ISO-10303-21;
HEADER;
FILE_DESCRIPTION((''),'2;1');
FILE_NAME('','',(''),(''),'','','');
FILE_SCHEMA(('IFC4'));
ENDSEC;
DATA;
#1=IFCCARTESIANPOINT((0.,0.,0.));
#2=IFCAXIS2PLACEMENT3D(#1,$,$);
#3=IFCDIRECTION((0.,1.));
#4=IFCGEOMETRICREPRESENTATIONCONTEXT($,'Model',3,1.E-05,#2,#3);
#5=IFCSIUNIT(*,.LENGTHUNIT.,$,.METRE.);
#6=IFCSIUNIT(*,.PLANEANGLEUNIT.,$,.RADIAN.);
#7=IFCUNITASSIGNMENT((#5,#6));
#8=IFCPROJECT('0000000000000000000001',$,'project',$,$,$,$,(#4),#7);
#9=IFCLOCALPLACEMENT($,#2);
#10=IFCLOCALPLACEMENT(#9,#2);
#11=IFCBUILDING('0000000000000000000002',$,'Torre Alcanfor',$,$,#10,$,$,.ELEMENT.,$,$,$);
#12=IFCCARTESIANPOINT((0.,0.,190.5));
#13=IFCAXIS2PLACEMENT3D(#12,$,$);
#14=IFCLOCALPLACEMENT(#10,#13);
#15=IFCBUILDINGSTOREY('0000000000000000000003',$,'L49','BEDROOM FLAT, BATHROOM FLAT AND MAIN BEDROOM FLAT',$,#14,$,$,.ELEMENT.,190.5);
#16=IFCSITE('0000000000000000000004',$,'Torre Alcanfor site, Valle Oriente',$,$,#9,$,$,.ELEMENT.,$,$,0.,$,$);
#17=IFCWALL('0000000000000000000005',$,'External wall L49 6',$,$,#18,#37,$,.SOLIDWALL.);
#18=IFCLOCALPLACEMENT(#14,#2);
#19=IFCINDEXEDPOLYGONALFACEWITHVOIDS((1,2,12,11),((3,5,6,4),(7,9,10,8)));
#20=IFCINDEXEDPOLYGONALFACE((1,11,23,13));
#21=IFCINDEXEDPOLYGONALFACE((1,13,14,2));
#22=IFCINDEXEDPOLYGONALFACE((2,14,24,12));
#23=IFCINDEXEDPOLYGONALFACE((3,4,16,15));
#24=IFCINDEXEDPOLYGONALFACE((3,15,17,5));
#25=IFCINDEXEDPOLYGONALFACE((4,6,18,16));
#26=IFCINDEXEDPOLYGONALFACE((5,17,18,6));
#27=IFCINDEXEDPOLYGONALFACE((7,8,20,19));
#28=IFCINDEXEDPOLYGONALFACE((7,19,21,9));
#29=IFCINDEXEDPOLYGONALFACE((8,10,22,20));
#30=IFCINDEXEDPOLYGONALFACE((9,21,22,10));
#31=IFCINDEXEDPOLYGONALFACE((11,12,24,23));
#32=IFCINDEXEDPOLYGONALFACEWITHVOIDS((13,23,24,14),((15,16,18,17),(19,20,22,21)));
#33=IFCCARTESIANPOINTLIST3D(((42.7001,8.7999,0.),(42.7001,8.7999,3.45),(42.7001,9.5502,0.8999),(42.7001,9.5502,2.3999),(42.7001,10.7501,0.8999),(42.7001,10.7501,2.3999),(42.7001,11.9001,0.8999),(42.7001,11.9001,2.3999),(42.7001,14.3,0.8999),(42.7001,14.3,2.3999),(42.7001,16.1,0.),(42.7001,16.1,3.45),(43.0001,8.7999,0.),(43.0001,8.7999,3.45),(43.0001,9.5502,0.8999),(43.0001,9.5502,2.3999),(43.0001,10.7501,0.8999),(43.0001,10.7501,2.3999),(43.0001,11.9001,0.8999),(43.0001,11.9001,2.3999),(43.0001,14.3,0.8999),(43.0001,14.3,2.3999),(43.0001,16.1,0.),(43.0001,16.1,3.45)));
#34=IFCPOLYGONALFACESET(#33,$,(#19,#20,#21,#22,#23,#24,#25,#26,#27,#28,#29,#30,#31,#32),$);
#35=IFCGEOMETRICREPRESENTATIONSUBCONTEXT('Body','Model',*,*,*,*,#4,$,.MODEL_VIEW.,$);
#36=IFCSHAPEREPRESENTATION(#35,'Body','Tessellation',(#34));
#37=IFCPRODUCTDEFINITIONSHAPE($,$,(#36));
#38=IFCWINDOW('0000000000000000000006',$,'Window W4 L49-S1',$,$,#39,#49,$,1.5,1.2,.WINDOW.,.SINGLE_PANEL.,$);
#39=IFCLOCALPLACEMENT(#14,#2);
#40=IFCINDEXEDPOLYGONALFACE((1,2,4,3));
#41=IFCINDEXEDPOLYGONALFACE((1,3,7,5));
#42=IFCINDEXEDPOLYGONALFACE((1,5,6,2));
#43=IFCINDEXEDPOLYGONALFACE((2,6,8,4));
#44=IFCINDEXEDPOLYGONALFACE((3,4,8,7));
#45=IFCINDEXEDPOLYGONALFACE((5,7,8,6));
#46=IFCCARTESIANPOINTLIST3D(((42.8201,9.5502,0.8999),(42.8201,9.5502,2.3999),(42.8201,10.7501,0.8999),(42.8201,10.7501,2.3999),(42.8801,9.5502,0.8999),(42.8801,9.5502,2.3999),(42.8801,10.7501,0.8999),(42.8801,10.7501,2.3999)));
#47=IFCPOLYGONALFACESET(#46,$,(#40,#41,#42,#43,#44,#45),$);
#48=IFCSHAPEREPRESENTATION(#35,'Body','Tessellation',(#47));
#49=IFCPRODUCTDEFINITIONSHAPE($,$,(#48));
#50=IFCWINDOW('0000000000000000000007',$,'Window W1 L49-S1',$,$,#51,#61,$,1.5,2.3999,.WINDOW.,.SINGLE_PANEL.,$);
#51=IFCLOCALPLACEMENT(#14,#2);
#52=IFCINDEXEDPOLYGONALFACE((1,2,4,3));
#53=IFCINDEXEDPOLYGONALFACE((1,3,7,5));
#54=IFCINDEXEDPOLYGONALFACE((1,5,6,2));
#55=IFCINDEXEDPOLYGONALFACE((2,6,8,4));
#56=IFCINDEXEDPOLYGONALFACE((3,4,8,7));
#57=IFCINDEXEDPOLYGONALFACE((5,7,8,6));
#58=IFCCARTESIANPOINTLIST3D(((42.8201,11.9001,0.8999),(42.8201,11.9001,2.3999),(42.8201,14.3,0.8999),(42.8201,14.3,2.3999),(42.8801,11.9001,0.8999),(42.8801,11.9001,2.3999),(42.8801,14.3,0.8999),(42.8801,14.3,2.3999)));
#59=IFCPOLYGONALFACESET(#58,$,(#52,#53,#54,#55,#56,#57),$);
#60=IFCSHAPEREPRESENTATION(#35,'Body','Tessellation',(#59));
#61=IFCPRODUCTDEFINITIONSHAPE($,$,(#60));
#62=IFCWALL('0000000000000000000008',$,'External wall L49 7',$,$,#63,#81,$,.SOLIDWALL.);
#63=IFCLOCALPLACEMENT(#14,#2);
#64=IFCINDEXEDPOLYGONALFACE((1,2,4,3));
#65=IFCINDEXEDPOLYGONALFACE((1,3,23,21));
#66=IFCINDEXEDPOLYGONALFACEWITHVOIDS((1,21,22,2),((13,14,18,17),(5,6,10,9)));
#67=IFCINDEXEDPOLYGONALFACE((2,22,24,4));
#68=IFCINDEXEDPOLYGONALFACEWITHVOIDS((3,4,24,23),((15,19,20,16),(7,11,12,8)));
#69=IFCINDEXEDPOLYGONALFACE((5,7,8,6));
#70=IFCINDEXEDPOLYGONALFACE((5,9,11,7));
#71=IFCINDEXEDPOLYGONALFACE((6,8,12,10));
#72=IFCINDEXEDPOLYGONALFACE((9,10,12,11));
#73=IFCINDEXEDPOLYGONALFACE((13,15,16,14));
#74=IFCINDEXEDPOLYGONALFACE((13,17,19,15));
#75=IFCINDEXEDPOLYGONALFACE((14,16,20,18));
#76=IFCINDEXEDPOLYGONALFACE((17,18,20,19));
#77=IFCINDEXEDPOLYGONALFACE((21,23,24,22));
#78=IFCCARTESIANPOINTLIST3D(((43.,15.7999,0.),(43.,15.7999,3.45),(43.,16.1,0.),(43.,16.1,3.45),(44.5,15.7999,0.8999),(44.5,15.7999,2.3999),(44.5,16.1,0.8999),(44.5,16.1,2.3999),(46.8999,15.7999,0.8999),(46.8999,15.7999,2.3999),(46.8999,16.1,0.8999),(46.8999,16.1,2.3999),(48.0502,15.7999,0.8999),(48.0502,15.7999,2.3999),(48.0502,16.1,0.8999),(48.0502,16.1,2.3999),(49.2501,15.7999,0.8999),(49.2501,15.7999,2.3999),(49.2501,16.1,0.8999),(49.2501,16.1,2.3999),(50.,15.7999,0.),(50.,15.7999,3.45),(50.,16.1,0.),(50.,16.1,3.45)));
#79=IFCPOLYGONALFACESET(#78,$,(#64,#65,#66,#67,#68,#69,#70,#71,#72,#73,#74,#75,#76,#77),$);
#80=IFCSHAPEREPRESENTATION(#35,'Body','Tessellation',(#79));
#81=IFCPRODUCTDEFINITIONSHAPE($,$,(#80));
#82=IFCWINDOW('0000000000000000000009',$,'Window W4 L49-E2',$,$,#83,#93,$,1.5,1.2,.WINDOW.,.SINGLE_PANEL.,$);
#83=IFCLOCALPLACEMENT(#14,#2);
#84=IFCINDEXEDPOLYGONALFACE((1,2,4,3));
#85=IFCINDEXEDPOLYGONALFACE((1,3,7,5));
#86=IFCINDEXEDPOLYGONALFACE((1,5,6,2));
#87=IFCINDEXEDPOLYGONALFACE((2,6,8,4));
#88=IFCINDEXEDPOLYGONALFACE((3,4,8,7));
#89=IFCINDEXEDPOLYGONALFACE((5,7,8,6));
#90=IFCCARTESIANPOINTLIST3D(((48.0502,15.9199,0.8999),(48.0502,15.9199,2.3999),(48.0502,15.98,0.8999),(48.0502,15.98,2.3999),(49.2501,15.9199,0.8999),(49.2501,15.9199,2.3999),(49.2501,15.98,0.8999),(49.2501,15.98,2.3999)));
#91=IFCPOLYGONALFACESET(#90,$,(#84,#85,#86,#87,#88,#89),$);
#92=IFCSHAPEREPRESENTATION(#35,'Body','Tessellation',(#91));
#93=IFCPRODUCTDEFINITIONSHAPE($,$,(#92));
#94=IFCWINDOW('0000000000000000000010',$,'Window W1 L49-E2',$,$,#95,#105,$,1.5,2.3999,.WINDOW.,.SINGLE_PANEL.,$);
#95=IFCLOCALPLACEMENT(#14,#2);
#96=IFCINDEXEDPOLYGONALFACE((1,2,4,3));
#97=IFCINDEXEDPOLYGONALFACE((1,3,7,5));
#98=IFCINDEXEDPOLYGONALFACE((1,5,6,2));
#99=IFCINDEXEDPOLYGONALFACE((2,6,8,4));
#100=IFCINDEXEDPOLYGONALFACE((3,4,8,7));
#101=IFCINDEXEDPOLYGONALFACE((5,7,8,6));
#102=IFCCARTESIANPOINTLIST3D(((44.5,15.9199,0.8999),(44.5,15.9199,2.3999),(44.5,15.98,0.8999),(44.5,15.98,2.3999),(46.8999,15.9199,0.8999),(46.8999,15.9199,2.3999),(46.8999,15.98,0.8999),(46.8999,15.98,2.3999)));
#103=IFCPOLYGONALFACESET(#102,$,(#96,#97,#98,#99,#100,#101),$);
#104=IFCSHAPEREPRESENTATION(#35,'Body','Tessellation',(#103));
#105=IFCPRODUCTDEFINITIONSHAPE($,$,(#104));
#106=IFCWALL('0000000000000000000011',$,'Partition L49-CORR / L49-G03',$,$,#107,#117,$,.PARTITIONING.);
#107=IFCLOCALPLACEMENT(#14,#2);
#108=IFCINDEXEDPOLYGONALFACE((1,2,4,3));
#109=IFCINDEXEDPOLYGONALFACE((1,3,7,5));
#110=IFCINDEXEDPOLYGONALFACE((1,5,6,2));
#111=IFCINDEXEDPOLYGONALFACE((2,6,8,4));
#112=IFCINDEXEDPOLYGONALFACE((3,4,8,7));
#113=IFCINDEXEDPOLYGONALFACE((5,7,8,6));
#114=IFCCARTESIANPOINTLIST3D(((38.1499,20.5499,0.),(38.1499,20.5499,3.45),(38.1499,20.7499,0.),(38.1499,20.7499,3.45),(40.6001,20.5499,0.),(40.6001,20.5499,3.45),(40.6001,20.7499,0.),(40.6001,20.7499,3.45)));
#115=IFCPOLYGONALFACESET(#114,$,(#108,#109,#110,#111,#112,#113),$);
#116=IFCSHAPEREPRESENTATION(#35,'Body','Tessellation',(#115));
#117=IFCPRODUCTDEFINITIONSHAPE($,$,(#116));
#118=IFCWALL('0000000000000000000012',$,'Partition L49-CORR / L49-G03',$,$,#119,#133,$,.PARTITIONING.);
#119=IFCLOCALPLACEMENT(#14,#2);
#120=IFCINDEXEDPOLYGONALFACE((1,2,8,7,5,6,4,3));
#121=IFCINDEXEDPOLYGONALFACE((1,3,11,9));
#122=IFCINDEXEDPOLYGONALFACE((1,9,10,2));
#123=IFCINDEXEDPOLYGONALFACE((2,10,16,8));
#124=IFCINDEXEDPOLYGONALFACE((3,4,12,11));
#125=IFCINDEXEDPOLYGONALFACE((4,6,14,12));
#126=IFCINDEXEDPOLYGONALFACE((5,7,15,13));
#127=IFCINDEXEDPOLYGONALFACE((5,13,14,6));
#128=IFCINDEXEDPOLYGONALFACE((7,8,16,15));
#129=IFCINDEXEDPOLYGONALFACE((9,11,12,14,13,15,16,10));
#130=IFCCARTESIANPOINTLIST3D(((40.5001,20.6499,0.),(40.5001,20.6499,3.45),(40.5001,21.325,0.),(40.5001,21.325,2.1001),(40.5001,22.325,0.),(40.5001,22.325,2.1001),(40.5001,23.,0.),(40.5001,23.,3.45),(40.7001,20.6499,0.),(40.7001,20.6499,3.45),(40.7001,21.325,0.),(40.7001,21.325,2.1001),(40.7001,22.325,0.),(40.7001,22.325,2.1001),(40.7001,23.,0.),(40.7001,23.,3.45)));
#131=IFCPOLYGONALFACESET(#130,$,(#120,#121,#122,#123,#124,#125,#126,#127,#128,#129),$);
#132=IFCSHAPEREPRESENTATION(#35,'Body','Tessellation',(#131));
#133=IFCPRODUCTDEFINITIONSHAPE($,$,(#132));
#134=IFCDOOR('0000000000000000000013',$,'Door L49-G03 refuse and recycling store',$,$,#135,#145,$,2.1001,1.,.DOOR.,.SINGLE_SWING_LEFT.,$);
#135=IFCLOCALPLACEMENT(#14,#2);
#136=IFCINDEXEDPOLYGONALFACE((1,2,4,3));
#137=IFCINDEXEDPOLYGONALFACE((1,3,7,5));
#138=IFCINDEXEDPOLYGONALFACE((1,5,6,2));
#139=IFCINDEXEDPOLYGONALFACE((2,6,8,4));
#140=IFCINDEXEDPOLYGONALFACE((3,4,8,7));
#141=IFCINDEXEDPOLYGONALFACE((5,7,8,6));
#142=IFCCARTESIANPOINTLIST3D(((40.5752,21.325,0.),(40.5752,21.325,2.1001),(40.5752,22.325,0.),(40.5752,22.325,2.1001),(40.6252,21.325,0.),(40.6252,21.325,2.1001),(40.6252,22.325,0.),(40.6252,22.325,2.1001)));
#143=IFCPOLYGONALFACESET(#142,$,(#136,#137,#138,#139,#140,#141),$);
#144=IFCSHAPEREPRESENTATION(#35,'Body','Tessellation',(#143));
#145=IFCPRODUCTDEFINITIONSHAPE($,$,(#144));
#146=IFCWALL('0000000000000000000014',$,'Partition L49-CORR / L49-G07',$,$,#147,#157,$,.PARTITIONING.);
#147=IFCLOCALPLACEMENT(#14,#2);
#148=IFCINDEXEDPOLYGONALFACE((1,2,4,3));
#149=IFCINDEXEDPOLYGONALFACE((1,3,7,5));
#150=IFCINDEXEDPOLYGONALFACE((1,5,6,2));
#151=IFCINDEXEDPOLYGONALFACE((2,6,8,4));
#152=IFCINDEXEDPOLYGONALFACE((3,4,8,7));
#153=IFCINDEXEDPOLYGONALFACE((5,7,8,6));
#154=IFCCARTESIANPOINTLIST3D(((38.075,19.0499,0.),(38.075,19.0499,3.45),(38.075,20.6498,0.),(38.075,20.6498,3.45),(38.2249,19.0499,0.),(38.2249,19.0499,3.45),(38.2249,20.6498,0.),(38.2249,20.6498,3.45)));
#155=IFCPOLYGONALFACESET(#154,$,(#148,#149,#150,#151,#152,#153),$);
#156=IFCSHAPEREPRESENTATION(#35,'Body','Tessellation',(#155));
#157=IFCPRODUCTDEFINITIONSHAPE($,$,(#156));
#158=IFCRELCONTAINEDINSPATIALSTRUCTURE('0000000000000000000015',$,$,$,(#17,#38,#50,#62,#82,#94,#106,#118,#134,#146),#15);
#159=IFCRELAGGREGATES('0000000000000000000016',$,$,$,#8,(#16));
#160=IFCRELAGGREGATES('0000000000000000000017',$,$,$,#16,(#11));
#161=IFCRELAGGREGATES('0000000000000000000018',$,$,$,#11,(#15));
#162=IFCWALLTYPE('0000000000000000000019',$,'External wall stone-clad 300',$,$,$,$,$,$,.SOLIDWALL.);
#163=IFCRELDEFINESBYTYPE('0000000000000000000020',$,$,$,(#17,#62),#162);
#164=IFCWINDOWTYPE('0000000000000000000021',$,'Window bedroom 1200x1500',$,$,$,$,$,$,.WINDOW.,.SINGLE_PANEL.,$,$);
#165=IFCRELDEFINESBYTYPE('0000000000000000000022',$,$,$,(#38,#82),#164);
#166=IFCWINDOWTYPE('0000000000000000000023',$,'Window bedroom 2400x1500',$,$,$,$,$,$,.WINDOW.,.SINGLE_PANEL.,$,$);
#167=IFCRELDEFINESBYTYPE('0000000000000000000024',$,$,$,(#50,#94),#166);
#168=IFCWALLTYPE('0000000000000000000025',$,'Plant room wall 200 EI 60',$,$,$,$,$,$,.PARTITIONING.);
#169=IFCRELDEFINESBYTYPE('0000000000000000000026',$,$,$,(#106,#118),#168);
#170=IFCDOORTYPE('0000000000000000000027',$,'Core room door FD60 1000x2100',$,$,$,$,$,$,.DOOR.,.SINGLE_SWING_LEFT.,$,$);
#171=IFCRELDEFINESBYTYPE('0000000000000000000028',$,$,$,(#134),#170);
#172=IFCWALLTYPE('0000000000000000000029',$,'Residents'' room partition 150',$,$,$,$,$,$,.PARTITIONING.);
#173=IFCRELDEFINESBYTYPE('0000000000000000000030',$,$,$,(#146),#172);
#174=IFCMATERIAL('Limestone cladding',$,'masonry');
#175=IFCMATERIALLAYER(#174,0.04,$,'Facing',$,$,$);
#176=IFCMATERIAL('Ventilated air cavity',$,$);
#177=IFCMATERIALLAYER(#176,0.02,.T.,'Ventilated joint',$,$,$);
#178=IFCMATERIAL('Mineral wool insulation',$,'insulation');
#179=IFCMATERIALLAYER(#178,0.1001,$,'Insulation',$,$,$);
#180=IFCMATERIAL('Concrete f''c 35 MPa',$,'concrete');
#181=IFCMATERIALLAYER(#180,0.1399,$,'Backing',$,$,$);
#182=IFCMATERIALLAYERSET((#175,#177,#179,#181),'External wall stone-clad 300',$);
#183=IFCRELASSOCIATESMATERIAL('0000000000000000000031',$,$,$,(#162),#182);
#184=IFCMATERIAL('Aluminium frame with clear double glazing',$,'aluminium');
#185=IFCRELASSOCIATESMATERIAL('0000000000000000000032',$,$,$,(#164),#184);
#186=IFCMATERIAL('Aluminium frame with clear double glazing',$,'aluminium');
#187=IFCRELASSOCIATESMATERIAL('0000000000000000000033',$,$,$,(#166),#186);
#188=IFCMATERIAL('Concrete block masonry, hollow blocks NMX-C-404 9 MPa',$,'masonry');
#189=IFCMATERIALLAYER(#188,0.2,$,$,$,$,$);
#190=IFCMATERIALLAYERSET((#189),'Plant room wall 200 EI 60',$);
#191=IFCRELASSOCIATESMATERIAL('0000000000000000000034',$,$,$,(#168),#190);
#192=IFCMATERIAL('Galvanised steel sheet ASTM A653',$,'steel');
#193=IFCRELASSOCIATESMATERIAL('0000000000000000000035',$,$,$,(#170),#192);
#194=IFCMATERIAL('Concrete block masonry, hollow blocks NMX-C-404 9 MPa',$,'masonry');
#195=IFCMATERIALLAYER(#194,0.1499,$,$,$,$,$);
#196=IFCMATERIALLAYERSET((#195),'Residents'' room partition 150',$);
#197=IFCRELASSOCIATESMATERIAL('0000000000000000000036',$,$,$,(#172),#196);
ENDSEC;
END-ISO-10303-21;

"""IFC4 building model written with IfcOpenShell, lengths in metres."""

from ifc_helpers import new_model, si_unit, direction, frame, frame_2d, origin, place, context, subcontext, project, spatial, rectangle, extrude, material, layer, layer_set, type_object, element, fill, save


model = new_model("IFC4")

# Units and contexts
model_context = context("Model", 3, precision=1e-05, world=origin(), true_north=direction((0.0, 1.0)))
body_context = subcontext(model_context, "Body", "Model", "MODEL_VIEW")
ifc_project = project(units=[si_unit("LENGTHUNIT", "METRE"), si_unit("PLANEANGLEUNIT", "RADIAN")], contexts=[model_context])

# Site, building, storey
site_placement = place(None, origin())
site = spatial("IfcSite", under=ifc_project, at=site_placement, Name="Torre Alcanfor site, Valle Oriente", CompositionType="ELEMENT", RefElevation=0.0)
building_placement = place(site_placement, origin())
building = spatial("IfcBuilding", under=site, at=building_placement, Name="Torre Alcanfor", CompositionType="ELEMENT")
storey_placement = place(building_placement, frame((0.0, 0.0, 190.5)))
storey = spatial("IfcBuildingStorey", under=building, at=storey_placement, Name="L49", Description="BEDROOM FLAT, BATHROOM FLAT AND MAIN BEDROOM FLAT", CompositionType="ELEMENT", Elevation=190.5)

# Walls, openings, windows
ifc_material_1 = material(Name="Limestone cladding", Category="masonry")
ifc_layer_1 = layer(ifc_material_1, 0.04, Name="Facing")
ifc_material_2 = material(Name="Ventilated air cavity")
ifc_layer_2 = layer(ifc_material_2, 0.02, ventilated=True, Name="Ventilated joint")
ifc_material_3 = material(Name="Mineral wool insulation", Category="insulation")
ifc_layer_3 = layer(ifc_material_3, 0.1001, Name="Insulation")
ifc_material_4 = material(Name="Concrete f'c 35 MPa", Category="concrete")
ifc_layer_4 = layer(ifc_material_4, 0.1399, Name="Backing")
ifc_layer_set_1 = layer_set([ifc_layer_1, ifc_layer_2, ifc_layer_3, ifc_layer_4], Name="External wall stone-clad 300")
wall_type_1 = type_object("IfcWallType", Name="External wall stone-clad 300", PredefinedType="SOLIDWALL", material=ifc_layer_set_1)
wall_1_placement = place(storey_placement, frame((42.8501, 8.8, 0.0), z_axis=(0.0, 0.0, 1.0), x_axis=(0.0, 1.0, 0.0)))
wall_1 = element("IfcWall", 1, at=wall_1_placement, inside=storey, type_object=wall_type_1, Name="External wall L49 6", PredefinedType="SOLIDWALL", context=body_context, shape_type="SweptSolid", body=[
    extrude(rectangle(XDim=7.3, YDim=0.3, at=frame_2d((3.6499, 0.0))), origin(), (0.0, 0.0, 1.0), 3.45),
])
opening_1_placement = place(wall_1_placement, frame((3.1001, 0.0, 0.8999)))
opening_1 = element("IfcOpeningElement", 2, at=opening_1_placement, cuts=wall_1, PredefinedType="OPENING", context=body_context, shape_type="SweptSolid", body=[
    extrude(rectangle(XDim=2.3999, YDim=1.5, at=frame_2d((1.2, 0.75))), frame((0.0, 0.1599, 0.0), z_axis=(0.0, -1.0, 0.0), x_axis=(1.0, 0.0, 0.0)), (0.0, 0.0, 1.0), 0.3201),
])
opening_2_placement = place(wall_1_placement, frame((0.75, 0.0, 0.8999)))
opening_2 = element("IfcOpeningElement", 3, at=opening_2_placement, cuts=wall_1, PredefinedType="OPENING", context=body_context, shape_type="SweptSolid", body=[
    extrude(rectangle(XDim=1.2, YDim=1.5, at=frame_2d((0.6001, 0.75))), frame((0.0, 0.1599, 0.0), z_axis=(0.0, -1.0, 0.0), x_axis=(1.0, 0.0, 0.0)), (0.0, 0.0, 1.0), 0.3201),
])
ifc_material_5 = material(Name="Aluminium frame with clear double glazing", Category="aluminium")
window_type_1 = type_object("IfcWindowType", Name="Window bedroom 1200x1500", PartitioningType="SINGLE_PANEL", PredefinedType="WINDOW", material=ifc_material_5)
window_1_placement = place(opening_2_placement, origin())
window_1 = element("IfcWindow", 4, at=window_1_placement, inside=storey, type_object=window_type_1, Name="Window W4 L49-S1", OverallHeight=1.5, OverallWidth=1.2, PartitioningType="SINGLE_PANEL", PredefinedType="WINDOW", context=body_context, shape_type="SweptSolid", body=[
    extrude(rectangle(XDim=1.2, YDim=1.5, at=frame_2d((0.6001, 0.75))), frame((0.0, 0.03, 0.0), z_axis=(0.0, -1.0, 0.0), x_axis=(1.0, 0.0, 0.0)), (0.0, 0.0, 1.0), 0.0601),
])
fill(opening_2, window_1)
ifc_material_6 = material(Name="Aluminium frame with clear double glazing", Category="aluminium")
window_type_2 = type_object("IfcWindowType", Name="Window bedroom 2400x1500", PartitioningType="SINGLE_PANEL", PredefinedType="WINDOW", material=ifc_material_6)
window_2_placement = place(opening_1_placement, origin())
window_2 = element("IfcWindow", 5, at=window_2_placement, inside=storey, type_object=window_type_2, Name="Window W1 L49-S1", OverallHeight=1.5, OverallWidth=2.3999, PartitioningType="SINGLE_PANEL", PredefinedType="WINDOW", context=body_context, shape_type="SweptSolid", body=[
    extrude(rectangle(XDim=2.3999, YDim=1.5, at=frame_2d((1.2, 0.75))), frame((0.0, 0.03, 0.0), z_axis=(0.0, -1.0, 0.0), x_axis=(1.0, 0.0, 0.0)), (0.0, 0.0, 1.0), 0.0601),
])
fill(opening_1, window_2)
wall_2_placement = place(storey_placement, frame((43.0, 15.95, 0.0), z_axis=(0.0, 0.0, 1.0), x_axis=(1.0, 0.0, 0.0)))
wall_2 = element("IfcWall", 6, at=wall_2_placement, inside=storey, type_object=wall_type_1, Name="External wall L49 7", PredefinedType="SOLIDWALL", context=body_context, shape_type="SweptSolid", body=[
    extrude(rectangle(XDim=7.0, YDim=0.3, at=frame_2d((3.5, 0.0))), origin(), (0.0, 0.0, 1.0), 3.45),
])
opening_3_placement = place(wall_2_placement, frame((1.5, 0.0, 0.8999)))
opening_3 = element("IfcOpeningElement", 7, at=opening_3_placement, cuts=wall_2, PredefinedType="OPENING", context=body_context, shape_type="SweptSolid", body=[
    extrude(rectangle(XDim=2.3999, YDim=1.5, at=frame_2d((1.2, 0.75))), frame((0.0, 0.1599, 0.0), z_axis=(0.0, -1.0, 0.0), x_axis=(1.0, 0.0, 0.0)), (0.0, 0.0, 1.0), 0.3201),
])
opening_4_placement = place(wall_2_placement, frame((5.05, 0.0, 0.8999)))
opening_4 = element("IfcOpeningElement", 8, at=opening_4_placement, cuts=wall_2, PredefinedType="OPENING", context=body_context, shape_type="SweptSolid", body=[
    extrude(rectangle(XDim=1.2, YDim=1.5, at=frame_2d((0.6001, 0.75))), frame((0.0, 0.1599, 0.0), z_axis=(0.0, -1.0, 0.0), x_axis=(1.0, 0.0, 0.0)), (0.0, 0.0, 1.0), 0.3201),
])
window_3_placement = place(opening_4_placement, origin())
window_3 = element("IfcWindow", 9, at=window_3_placement, inside=storey, type_object=window_type_1, Name="Window W4 L49-E2", OverallHeight=1.5, OverallWidth=1.2, PartitioningType="SINGLE_PANEL", PredefinedType="WINDOW", context=body_context, shape_type="SweptSolid", body=[
    extrude(rectangle(XDim=1.2, YDim=1.5, at=frame_2d((0.6001, 0.75))), frame((0.0, 0.03, 0.0), z_axis=(0.0, -1.0, 0.0), x_axis=(1.0, 0.0, 0.0)), (0.0, 0.0, 1.0), 0.0601),
])
fill(opening_4, window_3)
window_4_placement = place(opening_3_placement, origin())
window_4 = element("IfcWindow", 10, at=window_4_placement, inside=storey, type_object=window_type_2, Name="Window W1 L49-E2", OverallHeight=1.5, OverallWidth=2.3999, PartitioningType="SINGLE_PANEL", PredefinedType="WINDOW", context=body_context, shape_type="SweptSolid", body=[
    extrude(rectangle(XDim=2.3999, YDim=1.5, at=frame_2d((1.2, 0.75))), frame((0.0, 0.03, 0.0), z_axis=(0.0, -1.0, 0.0), x_axis=(1.0, 0.0, 0.0)), (0.0, 0.0, 1.0), 0.0601),
])
fill(opening_3, window_4)

# Wall
ifc_material_7 = material(Name="Concrete block masonry, hollow blocks NMX-C-404 9 MPa", Category="masonry")
ifc_layer_5 = layer(ifc_material_7, 0.2)
ifc_layer_set_2 = layer_set([ifc_layer_5], Name="Plant room wall 200 EI 60")
wall_type_2 = type_object("IfcWallType", Name="Plant room wall 200 EI 60", PredefinedType="PARTITIONING", material=ifc_layer_set_2)
wall_3_placement = place(storey_placement, frame((38.1499, 20.6499, 0.0), z_axis=(0.0, 0.0, 1.0), x_axis=(1.0, 0.0, 0.0)))
element("IfcWall", 11, at=wall_3_placement, inside=storey, type_object=wall_type_2, Name="Partition L49-CORR / L49-G03", PredefinedType="PARTITIONING", context=body_context, shape_type="SweptSolid", body=[
    extrude(rectangle(XDim=2.4502, YDim=0.2, at=frame_2d((1.2251, 0.0))), origin(), (0.0, 0.0, 1.0), 3.45),
])

# Wall, opening, door
wall_4_placement = place(storey_placement, frame((40.6001, 20.6499, 0.0), z_axis=(0.0, 0.0, 1.0), x_axis=(0.0, 1.0, 0.0)))
wall_4 = element("IfcWall", 12, at=wall_4_placement, inside=storey, type_object=wall_type_2, Name="Partition L49-CORR / L49-G03", PredefinedType="PARTITIONING", context=body_context, shape_type="SweptSolid", body=[
    extrude(rectangle(XDim=2.3501, YDim=0.2, at=frame_2d((1.175, 0.0))), origin(), (0.0, 0.0, 1.0), 3.45),
])
opening_5_placement = place(wall_4_placement, frame((0.675, 0.0, 0.0)))
opening_5 = element("IfcOpeningElement", 13, at=opening_5_placement, cuts=wall_4, PredefinedType="OPENING", context=body_context, shape_type="SweptSolid", body=[
    extrude(rectangle(XDim=1.0, YDim=2.1001, at=frame_2d((0.5, 1.05))), frame((0.0, 0.1099, 0.0), z_axis=(0.0, -1.0, 0.0), x_axis=(1.0, 0.0, 0.0)), (0.0, 0.0, 1.0), 0.22),
])
ifc_material_8 = material(Name="Galvanised steel sheet ASTM A653", Category="steel")
door_type = type_object("IfcDoorType", Name="Core room door FD60 1000x2100", OperationType="SINGLE_SWING_LEFT", PredefinedType="DOOR", material=ifc_material_8)
door_placement = place(opening_5_placement, origin())
door = element("IfcDoor", 14, at=door_placement, inside=storey, type_object=door_type, Name="Door L49-G03 refuse and recycling store", OperationType="SINGLE_SWING_LEFT", OverallHeight=2.1001, OverallWidth=1.0, PredefinedType="DOOR", context=body_context, shape_type="SweptSolid", body=[
    extrude(rectangle(XDim=1.0, YDim=2.1001, at=frame_2d((0.5, 1.05))), frame((0.0, 0.0249, 0.0), z_axis=(0.0, -1.0, 0.0), x_axis=(1.0, 0.0, 0.0)), (0.0, 0.0, 1.0), 0.05),
])
fill(opening_5, door)

# Wall
ifc_material_9 = material(Name="Concrete block masonry, hollow blocks NMX-C-404 9 MPa", Category="masonry")
ifc_layer_6 = layer(ifc_material_9, 0.1499)
ifc_layer_set_3 = layer_set([ifc_layer_6], Name="Residents' room partition 150")
wall_type_3 = type_object("IfcWallType", Name="Residents' room partition 150", PredefinedType="PARTITIONING", material=ifc_layer_set_3)
wall_5_placement = place(storey_placement, frame((38.1499, 19.05, 0.0), z_axis=(0.0, 0.0, 1.0), x_axis=(0.0, 1.0, 0.0)))
element("IfcWall", 15, at=wall_5_placement, inside=storey, type_object=wall_type_3, Name="Partition L49-CORR / L49-G07", PredefinedType="PARTITIONING", context=body_context, shape_type="SweptSolid", body=[
    extrude(rectangle(XDim=1.5999, YDim=0.1499, at=frame_2d((0.7998, 0.0))), origin(), (0.0, 0.0, 1.0), 3.45),
])

save(model, "model.ifc")
